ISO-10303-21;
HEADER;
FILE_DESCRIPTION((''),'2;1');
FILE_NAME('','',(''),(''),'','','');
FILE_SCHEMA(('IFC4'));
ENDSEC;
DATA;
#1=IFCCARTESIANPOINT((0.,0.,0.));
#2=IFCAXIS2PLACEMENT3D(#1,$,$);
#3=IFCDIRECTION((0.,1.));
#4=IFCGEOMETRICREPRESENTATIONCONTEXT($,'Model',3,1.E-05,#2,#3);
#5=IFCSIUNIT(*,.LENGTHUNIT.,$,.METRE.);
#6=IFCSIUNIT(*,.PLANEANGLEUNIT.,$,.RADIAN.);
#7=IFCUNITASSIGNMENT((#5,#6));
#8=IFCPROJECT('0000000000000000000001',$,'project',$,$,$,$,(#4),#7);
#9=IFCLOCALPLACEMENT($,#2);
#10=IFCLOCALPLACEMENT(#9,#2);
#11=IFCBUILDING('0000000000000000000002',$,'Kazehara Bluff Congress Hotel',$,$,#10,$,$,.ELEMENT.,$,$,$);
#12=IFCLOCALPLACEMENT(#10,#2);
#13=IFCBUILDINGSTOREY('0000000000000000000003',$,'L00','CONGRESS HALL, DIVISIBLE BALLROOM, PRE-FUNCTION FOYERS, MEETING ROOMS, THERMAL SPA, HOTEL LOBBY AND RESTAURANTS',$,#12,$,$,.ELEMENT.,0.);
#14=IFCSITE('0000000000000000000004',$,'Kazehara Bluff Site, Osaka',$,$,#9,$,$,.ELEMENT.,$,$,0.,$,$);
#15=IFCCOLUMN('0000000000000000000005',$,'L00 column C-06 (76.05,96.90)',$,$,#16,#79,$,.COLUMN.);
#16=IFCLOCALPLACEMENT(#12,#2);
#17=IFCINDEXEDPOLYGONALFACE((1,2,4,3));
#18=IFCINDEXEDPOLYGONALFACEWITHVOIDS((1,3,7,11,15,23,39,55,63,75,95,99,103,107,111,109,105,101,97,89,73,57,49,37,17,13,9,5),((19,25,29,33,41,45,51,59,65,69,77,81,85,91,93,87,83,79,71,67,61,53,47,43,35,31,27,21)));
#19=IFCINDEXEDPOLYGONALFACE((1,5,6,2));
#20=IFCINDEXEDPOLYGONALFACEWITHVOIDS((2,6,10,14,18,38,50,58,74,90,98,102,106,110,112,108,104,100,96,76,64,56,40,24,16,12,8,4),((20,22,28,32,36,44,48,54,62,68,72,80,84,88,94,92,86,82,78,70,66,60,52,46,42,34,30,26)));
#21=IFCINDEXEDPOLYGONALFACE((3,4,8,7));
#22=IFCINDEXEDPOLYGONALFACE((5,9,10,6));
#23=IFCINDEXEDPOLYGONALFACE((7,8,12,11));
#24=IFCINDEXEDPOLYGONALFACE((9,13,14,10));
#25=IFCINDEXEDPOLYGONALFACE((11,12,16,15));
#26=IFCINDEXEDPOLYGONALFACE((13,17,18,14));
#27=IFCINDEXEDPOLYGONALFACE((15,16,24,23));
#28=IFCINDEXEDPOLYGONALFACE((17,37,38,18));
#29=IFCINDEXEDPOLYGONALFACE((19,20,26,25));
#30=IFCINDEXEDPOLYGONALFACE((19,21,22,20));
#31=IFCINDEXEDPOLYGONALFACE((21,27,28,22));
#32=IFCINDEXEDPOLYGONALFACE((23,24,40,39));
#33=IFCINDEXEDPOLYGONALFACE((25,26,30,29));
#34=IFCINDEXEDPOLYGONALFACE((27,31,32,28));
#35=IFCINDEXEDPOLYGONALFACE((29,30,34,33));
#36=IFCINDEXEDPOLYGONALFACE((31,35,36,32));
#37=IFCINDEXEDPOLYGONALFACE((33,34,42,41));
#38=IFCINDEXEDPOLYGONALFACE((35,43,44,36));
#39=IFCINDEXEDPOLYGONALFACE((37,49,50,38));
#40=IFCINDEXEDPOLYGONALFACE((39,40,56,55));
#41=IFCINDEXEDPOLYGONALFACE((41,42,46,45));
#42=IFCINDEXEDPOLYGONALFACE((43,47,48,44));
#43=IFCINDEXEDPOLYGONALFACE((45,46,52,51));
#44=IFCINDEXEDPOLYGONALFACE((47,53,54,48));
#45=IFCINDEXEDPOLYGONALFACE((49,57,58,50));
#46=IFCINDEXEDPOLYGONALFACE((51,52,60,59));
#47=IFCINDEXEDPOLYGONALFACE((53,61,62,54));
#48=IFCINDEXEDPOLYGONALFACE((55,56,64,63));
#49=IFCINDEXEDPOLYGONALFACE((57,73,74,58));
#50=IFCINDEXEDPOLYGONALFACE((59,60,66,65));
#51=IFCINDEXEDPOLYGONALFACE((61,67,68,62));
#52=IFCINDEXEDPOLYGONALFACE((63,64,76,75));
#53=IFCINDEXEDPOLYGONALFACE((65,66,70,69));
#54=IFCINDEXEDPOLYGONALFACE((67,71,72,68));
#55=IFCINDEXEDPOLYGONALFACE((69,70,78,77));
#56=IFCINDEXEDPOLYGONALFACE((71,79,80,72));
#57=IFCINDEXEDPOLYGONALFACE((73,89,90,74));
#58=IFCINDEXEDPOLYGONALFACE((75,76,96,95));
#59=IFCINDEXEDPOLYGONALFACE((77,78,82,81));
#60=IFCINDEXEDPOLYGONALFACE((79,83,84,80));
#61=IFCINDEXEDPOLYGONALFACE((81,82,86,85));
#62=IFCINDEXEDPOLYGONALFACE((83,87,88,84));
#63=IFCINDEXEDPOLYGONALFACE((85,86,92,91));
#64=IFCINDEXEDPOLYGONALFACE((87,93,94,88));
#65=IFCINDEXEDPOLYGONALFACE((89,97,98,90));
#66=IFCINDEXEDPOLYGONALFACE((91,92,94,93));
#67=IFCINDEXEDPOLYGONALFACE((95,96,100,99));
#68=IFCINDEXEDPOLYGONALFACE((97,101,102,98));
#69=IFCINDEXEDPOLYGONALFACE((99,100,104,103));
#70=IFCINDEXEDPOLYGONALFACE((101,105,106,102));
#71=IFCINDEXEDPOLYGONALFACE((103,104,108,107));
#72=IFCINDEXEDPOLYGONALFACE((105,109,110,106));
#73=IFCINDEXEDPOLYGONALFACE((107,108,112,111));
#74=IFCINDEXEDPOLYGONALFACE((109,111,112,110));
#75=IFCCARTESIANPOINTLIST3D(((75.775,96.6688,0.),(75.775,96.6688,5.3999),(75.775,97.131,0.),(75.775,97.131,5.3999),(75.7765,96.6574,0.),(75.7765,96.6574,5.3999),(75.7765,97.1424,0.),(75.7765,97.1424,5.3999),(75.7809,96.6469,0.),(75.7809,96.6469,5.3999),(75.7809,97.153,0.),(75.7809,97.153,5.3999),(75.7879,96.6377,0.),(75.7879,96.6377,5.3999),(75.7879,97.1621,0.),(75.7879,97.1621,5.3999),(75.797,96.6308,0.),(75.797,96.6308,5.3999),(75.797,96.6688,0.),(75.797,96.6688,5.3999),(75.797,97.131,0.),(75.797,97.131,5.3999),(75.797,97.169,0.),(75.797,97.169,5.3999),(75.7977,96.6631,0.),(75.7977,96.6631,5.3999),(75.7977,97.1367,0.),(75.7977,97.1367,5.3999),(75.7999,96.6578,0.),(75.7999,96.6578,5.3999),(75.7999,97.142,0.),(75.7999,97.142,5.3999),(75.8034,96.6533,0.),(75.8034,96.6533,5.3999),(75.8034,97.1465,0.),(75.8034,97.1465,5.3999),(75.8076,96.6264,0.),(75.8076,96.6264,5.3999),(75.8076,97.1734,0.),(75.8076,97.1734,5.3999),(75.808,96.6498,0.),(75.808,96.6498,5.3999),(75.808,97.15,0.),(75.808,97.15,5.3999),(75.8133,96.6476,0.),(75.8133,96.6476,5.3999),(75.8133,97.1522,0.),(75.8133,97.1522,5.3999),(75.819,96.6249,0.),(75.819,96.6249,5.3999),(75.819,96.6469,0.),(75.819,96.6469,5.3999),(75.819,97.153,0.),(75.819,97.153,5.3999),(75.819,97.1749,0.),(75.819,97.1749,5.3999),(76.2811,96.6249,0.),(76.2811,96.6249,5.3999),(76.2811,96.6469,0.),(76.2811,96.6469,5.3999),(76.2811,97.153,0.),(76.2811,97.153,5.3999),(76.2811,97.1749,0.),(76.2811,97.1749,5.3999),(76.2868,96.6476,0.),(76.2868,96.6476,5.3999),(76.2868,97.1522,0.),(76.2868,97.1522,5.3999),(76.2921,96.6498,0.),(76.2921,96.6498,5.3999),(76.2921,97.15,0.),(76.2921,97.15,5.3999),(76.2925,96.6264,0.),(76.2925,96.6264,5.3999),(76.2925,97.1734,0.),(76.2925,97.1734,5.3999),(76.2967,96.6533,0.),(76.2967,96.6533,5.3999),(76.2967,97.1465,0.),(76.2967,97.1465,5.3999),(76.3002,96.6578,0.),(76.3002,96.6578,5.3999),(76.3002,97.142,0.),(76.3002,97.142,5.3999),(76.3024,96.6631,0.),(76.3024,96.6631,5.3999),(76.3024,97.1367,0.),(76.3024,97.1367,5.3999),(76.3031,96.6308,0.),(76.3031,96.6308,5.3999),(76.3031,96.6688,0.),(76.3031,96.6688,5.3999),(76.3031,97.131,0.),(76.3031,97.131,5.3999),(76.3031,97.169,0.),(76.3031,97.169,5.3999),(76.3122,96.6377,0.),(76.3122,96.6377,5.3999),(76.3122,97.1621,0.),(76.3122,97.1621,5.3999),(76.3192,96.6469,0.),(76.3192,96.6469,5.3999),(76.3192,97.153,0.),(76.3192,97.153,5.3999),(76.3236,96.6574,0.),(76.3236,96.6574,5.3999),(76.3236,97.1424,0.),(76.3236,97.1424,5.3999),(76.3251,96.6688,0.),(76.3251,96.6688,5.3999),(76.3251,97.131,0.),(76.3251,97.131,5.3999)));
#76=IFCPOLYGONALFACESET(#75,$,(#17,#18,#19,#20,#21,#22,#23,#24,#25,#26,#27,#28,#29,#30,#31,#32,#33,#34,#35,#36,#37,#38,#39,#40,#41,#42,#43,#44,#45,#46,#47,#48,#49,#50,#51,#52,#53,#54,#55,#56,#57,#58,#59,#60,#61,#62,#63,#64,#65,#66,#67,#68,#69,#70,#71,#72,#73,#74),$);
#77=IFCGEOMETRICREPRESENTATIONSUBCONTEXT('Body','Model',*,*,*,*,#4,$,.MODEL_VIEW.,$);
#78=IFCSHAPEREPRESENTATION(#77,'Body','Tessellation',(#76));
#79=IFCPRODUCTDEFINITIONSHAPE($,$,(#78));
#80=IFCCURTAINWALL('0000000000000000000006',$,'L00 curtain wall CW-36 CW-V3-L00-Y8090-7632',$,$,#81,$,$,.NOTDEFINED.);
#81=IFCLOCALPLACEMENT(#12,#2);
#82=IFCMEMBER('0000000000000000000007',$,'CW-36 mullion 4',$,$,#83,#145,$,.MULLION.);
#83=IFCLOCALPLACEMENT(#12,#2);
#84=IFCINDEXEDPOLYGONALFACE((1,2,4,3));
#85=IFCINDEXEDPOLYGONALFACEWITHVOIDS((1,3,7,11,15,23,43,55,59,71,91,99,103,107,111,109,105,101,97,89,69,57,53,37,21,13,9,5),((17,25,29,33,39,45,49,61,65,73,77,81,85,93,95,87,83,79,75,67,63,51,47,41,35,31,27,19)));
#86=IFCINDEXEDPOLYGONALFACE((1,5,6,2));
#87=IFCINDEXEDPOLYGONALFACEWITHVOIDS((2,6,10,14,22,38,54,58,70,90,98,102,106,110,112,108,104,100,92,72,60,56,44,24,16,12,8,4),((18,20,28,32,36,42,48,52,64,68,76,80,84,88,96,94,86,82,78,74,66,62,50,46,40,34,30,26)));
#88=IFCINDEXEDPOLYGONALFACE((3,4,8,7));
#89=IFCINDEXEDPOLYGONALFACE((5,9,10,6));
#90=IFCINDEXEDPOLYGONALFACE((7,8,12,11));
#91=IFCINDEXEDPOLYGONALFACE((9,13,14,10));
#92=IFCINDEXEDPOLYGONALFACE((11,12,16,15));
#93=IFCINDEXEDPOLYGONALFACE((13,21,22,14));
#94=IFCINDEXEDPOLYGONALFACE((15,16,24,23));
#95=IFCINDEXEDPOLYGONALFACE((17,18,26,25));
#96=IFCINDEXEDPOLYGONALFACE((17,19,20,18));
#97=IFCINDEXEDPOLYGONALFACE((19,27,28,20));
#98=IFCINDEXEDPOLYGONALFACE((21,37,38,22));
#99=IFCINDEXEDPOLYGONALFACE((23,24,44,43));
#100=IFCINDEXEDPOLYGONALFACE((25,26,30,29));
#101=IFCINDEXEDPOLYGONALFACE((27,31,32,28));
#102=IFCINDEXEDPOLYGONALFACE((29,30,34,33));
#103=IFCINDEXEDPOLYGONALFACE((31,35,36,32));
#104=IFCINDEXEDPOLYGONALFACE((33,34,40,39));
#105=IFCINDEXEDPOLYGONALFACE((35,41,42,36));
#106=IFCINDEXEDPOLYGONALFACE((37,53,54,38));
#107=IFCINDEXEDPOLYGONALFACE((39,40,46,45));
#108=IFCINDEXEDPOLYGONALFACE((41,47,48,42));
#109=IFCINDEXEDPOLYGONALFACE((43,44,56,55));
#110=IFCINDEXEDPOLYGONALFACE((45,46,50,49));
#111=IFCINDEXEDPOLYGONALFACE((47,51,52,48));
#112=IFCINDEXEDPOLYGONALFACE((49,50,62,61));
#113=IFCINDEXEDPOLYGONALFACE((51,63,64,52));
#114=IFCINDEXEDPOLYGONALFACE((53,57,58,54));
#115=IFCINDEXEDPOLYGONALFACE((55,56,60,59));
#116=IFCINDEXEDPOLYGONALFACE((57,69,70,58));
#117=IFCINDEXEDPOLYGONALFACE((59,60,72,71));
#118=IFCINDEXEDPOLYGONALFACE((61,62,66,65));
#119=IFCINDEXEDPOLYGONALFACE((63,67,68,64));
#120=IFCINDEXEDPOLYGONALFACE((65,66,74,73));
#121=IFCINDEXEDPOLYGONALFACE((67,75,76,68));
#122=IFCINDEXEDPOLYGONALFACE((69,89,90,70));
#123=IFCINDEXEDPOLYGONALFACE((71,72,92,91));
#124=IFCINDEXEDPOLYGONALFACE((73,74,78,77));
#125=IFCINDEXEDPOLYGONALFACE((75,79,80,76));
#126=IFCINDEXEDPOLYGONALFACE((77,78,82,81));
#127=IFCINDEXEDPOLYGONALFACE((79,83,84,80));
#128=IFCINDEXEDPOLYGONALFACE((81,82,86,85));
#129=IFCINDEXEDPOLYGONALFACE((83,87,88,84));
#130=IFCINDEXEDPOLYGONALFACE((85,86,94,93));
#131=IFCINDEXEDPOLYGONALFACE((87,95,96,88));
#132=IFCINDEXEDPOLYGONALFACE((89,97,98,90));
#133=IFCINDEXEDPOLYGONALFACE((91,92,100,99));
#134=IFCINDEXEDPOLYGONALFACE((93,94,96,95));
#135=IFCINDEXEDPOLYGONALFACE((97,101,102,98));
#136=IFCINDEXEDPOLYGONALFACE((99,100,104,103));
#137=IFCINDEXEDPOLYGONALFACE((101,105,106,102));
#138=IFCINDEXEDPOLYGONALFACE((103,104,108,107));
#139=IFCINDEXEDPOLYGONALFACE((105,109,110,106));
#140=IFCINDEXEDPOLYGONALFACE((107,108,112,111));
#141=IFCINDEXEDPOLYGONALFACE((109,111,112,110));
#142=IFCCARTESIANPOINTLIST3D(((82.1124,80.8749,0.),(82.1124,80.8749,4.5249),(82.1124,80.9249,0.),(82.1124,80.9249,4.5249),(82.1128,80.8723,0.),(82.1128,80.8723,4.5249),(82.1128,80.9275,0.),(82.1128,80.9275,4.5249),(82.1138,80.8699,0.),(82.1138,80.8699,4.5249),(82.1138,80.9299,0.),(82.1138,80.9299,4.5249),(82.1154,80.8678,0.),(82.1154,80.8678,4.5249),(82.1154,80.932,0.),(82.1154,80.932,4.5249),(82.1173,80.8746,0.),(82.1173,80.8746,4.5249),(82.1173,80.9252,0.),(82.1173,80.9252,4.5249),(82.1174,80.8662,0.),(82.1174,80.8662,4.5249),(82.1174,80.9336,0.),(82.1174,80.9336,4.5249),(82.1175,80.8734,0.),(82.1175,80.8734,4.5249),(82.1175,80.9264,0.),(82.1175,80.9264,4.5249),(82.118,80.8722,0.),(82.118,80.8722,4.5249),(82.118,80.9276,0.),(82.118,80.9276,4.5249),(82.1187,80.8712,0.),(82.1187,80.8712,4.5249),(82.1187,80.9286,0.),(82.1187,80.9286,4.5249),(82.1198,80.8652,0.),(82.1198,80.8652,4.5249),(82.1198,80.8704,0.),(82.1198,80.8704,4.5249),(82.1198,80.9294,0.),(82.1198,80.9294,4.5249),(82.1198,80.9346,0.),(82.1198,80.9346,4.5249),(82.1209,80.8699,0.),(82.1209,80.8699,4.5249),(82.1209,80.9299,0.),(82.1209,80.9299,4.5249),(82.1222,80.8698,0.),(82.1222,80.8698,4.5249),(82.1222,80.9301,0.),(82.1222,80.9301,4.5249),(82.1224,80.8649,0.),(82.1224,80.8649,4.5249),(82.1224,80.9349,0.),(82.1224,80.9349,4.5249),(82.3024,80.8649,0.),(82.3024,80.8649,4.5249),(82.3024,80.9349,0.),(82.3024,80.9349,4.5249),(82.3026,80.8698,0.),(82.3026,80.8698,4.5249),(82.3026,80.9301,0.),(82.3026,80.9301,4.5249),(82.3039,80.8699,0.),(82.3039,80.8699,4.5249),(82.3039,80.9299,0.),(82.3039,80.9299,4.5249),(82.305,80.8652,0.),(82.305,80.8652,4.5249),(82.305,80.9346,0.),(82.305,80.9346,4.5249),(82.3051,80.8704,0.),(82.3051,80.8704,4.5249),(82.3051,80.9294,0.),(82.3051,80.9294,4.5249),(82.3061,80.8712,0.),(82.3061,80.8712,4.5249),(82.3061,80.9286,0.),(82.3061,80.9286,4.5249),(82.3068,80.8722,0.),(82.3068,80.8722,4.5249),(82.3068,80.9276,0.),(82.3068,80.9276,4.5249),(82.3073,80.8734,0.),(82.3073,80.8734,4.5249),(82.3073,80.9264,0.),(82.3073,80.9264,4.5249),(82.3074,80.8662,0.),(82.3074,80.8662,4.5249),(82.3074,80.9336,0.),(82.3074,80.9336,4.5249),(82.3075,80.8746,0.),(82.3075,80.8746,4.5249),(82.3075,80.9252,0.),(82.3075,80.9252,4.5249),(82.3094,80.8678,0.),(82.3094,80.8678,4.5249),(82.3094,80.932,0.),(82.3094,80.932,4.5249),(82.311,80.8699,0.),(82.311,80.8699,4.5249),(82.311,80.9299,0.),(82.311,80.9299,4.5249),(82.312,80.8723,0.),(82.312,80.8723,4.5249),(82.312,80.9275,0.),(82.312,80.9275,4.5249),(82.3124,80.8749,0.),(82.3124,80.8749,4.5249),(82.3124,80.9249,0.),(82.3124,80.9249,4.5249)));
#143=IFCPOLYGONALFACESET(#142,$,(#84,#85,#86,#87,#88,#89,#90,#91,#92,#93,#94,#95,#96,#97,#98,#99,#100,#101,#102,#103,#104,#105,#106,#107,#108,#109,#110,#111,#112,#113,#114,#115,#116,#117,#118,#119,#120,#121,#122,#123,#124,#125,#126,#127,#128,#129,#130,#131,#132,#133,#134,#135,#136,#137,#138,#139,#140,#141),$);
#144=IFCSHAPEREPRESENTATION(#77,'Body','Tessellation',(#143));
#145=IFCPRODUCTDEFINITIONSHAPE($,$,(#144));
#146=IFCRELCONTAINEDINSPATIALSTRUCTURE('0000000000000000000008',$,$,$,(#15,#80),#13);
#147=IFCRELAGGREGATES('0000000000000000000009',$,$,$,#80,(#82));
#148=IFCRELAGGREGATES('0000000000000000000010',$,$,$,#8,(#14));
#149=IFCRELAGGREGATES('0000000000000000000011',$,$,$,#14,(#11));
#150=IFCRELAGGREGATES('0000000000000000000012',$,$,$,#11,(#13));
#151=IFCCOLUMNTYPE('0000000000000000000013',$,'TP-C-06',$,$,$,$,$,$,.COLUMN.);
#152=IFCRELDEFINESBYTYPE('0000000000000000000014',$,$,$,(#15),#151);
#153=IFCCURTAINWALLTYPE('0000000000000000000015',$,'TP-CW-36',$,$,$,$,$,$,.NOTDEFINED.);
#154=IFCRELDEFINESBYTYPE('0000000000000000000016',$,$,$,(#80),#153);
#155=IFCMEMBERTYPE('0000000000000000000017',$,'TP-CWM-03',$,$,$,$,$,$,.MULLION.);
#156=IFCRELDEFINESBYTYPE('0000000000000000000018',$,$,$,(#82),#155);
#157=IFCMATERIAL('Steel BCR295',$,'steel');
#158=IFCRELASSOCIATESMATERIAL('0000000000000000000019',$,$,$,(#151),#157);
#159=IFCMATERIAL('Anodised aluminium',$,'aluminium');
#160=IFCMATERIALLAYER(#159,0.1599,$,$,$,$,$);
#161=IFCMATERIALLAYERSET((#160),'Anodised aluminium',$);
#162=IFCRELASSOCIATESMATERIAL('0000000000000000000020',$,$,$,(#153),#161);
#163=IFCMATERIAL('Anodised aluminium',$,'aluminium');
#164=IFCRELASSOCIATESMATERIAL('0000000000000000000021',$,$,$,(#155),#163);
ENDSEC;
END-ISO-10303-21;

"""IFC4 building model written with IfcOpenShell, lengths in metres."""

from ifc_helpers import new_model, si_unit, direction, frame, origin, origin_2d, place, context, subcontext, project, spatial, hollow_rectangle, extrude, material, layer, layer_set, material_profile, profile_set, type_object, element, aggregate, save


model = new_model("IFC4")

# Units and contexts
model_context = context("Model", 3, precision=1e-05, world=origin(), true_north=direction((0.0, 1.0)))
body_context = subcontext(model_context, "Body", "Model", "MODEL_VIEW")
ifc_project = project(units=[si_unit("LENGTHUNIT", "METRE"), si_unit("PLANEANGLEUNIT", "RADIAN")], contexts=[model_context])

# Site, building, storey
site_placement = place(None, origin())
site = spatial("IfcSite", under=ifc_project, at=site_placement, Name="Kazehara Bluff Site, Osaka", CompositionType="ELEMENT", RefElevation=0.0)
building_placement = place(site_placement, origin())
building = spatial("IfcBuilding", under=site, at=building_placement, Name="Kazehara Bluff Congress Hotel", CompositionType="ELEMENT")
storey_placement = place(building_placement, origin())
storey = spatial("IfcBuildingStorey", under=building, at=storey_placement, Name="L00", Description="CONGRESS HALL, DIVISIBLE BALLROOM, PRE-FUNCTION FOYERS, MEETING ROOMS, THERMAL SPA, HOTEL LOBBY AND RESTAURANTS", CompositionType="ELEMENT", Elevation=0.0)

# Column
ifc_material_1 = material(Name="Steel BCR295", Category="steel")
ifc_material_profile_1 = material_profile(ifc_material_1, hollow_rectangle(XDim=0.55, YDim=0.55, WallThickness=0.022, InnerFilletRadius=0.022, OuterFilletRadius=0.0439, at=origin_2d()))
ifc_profile_set_1 = profile_set([ifc_material_profile_1], Name="Steel BCR295")
column_type = type_object("IfcColumnType", Name="TP-C-06", PredefinedType="COLUMN", material=ifc_profile_set_1)
for number, where, z_axis, x_axis, name in (
    (1, (76.05, 96.8999, 0.0), (0.0, 0.0, 1.0), (1.0, 0.0, 0.0), "L00 column C-06 (76.05,96.90)"),
):
    element("IfcColumn", number, at=place(storey_placement, frame(where, z_axis=z_axis, x_axis=x_axis)), inside=storey, type_object=column_type, Name=name, PredefinedType="COLUMN", context=body_context, shape_type="SweptSolid", body=[
        extrude(hollow_rectangle(XDim=0.55, YDim=0.55, WallThickness=0.022, InnerFilletRadius=0.022, OuterFilletRadius=0.0439, at=origin_2d()), origin(), (0.0, 0.0, 1.0), 5.3999),
    ])

# Curtain wall, member
ifc_material_2 = material(Name="Anodised aluminium", Category="aluminium")
ifc_layer_1 = layer(ifc_material_2, 0.1599)
ifc_layer_set_1 = layer_set([ifc_layer_1], Name="Anodised aluminium")
curtain_wall_type = type_object("IfcCurtainWallType", Name="TP-CW-36", PredefinedType="NOTDEFINED", material=ifc_layer_set_1)
curtain_wall_placement = place(storey_placement, origin())
curtain_wall = element("IfcCurtainWall", 2, at=curtain_wall_placement, inside=storey, type_object=curtain_wall_type, Name="L00 curtain wall CW-36 CW-V3-L00-Y8090-7632", PredefinedType="NOTDEFINED")
ifc_material_3 = material(Name="Anodised aluminium", Category="aluminium")
ifc_material_profile_2 = material_profile(ifc_material_3, hollow_rectangle(XDim=0.0701, YDim=0.2, WallThickness=0.0049, InnerFilletRadius=0.0049, OuterFilletRadius=0.01, at=origin_2d()))
ifc_profile_set_2 = profile_set([ifc_material_profile_2], Name="Anodised aluminium")
member_type_1 = type_object("IfcMemberType", Name="TP-CWM-03", PredefinedType="MULLION", material=ifc_profile_set_2)
member_1_placement = place(storey_placement, frame((82.2124, 80.8999, 0.0), z_axis=(0.0, 0.0, 1.0), x_axis=(0.0, 1.0, 0.0)))
member_1 = element("IfcMember", 3, at=member_1_placement, type_object=member_type_1, Name="CW-36 mullion 4", PredefinedType="MULLION", context=body_context, shape_type="SweptSolid", body=[
    extrude(hollow_rectangle(XDim=0.0701, YDim=0.2, WallThickness=0.0049, InnerFilletRadius=0.0049, OuterFilletRadius=0.01, at=origin_2d()), origin(), (0.0, 0.0, 1.0), 4.5249),
])

aggregate(curtain_wall, [member_1])

save(model, "model.ifc")
